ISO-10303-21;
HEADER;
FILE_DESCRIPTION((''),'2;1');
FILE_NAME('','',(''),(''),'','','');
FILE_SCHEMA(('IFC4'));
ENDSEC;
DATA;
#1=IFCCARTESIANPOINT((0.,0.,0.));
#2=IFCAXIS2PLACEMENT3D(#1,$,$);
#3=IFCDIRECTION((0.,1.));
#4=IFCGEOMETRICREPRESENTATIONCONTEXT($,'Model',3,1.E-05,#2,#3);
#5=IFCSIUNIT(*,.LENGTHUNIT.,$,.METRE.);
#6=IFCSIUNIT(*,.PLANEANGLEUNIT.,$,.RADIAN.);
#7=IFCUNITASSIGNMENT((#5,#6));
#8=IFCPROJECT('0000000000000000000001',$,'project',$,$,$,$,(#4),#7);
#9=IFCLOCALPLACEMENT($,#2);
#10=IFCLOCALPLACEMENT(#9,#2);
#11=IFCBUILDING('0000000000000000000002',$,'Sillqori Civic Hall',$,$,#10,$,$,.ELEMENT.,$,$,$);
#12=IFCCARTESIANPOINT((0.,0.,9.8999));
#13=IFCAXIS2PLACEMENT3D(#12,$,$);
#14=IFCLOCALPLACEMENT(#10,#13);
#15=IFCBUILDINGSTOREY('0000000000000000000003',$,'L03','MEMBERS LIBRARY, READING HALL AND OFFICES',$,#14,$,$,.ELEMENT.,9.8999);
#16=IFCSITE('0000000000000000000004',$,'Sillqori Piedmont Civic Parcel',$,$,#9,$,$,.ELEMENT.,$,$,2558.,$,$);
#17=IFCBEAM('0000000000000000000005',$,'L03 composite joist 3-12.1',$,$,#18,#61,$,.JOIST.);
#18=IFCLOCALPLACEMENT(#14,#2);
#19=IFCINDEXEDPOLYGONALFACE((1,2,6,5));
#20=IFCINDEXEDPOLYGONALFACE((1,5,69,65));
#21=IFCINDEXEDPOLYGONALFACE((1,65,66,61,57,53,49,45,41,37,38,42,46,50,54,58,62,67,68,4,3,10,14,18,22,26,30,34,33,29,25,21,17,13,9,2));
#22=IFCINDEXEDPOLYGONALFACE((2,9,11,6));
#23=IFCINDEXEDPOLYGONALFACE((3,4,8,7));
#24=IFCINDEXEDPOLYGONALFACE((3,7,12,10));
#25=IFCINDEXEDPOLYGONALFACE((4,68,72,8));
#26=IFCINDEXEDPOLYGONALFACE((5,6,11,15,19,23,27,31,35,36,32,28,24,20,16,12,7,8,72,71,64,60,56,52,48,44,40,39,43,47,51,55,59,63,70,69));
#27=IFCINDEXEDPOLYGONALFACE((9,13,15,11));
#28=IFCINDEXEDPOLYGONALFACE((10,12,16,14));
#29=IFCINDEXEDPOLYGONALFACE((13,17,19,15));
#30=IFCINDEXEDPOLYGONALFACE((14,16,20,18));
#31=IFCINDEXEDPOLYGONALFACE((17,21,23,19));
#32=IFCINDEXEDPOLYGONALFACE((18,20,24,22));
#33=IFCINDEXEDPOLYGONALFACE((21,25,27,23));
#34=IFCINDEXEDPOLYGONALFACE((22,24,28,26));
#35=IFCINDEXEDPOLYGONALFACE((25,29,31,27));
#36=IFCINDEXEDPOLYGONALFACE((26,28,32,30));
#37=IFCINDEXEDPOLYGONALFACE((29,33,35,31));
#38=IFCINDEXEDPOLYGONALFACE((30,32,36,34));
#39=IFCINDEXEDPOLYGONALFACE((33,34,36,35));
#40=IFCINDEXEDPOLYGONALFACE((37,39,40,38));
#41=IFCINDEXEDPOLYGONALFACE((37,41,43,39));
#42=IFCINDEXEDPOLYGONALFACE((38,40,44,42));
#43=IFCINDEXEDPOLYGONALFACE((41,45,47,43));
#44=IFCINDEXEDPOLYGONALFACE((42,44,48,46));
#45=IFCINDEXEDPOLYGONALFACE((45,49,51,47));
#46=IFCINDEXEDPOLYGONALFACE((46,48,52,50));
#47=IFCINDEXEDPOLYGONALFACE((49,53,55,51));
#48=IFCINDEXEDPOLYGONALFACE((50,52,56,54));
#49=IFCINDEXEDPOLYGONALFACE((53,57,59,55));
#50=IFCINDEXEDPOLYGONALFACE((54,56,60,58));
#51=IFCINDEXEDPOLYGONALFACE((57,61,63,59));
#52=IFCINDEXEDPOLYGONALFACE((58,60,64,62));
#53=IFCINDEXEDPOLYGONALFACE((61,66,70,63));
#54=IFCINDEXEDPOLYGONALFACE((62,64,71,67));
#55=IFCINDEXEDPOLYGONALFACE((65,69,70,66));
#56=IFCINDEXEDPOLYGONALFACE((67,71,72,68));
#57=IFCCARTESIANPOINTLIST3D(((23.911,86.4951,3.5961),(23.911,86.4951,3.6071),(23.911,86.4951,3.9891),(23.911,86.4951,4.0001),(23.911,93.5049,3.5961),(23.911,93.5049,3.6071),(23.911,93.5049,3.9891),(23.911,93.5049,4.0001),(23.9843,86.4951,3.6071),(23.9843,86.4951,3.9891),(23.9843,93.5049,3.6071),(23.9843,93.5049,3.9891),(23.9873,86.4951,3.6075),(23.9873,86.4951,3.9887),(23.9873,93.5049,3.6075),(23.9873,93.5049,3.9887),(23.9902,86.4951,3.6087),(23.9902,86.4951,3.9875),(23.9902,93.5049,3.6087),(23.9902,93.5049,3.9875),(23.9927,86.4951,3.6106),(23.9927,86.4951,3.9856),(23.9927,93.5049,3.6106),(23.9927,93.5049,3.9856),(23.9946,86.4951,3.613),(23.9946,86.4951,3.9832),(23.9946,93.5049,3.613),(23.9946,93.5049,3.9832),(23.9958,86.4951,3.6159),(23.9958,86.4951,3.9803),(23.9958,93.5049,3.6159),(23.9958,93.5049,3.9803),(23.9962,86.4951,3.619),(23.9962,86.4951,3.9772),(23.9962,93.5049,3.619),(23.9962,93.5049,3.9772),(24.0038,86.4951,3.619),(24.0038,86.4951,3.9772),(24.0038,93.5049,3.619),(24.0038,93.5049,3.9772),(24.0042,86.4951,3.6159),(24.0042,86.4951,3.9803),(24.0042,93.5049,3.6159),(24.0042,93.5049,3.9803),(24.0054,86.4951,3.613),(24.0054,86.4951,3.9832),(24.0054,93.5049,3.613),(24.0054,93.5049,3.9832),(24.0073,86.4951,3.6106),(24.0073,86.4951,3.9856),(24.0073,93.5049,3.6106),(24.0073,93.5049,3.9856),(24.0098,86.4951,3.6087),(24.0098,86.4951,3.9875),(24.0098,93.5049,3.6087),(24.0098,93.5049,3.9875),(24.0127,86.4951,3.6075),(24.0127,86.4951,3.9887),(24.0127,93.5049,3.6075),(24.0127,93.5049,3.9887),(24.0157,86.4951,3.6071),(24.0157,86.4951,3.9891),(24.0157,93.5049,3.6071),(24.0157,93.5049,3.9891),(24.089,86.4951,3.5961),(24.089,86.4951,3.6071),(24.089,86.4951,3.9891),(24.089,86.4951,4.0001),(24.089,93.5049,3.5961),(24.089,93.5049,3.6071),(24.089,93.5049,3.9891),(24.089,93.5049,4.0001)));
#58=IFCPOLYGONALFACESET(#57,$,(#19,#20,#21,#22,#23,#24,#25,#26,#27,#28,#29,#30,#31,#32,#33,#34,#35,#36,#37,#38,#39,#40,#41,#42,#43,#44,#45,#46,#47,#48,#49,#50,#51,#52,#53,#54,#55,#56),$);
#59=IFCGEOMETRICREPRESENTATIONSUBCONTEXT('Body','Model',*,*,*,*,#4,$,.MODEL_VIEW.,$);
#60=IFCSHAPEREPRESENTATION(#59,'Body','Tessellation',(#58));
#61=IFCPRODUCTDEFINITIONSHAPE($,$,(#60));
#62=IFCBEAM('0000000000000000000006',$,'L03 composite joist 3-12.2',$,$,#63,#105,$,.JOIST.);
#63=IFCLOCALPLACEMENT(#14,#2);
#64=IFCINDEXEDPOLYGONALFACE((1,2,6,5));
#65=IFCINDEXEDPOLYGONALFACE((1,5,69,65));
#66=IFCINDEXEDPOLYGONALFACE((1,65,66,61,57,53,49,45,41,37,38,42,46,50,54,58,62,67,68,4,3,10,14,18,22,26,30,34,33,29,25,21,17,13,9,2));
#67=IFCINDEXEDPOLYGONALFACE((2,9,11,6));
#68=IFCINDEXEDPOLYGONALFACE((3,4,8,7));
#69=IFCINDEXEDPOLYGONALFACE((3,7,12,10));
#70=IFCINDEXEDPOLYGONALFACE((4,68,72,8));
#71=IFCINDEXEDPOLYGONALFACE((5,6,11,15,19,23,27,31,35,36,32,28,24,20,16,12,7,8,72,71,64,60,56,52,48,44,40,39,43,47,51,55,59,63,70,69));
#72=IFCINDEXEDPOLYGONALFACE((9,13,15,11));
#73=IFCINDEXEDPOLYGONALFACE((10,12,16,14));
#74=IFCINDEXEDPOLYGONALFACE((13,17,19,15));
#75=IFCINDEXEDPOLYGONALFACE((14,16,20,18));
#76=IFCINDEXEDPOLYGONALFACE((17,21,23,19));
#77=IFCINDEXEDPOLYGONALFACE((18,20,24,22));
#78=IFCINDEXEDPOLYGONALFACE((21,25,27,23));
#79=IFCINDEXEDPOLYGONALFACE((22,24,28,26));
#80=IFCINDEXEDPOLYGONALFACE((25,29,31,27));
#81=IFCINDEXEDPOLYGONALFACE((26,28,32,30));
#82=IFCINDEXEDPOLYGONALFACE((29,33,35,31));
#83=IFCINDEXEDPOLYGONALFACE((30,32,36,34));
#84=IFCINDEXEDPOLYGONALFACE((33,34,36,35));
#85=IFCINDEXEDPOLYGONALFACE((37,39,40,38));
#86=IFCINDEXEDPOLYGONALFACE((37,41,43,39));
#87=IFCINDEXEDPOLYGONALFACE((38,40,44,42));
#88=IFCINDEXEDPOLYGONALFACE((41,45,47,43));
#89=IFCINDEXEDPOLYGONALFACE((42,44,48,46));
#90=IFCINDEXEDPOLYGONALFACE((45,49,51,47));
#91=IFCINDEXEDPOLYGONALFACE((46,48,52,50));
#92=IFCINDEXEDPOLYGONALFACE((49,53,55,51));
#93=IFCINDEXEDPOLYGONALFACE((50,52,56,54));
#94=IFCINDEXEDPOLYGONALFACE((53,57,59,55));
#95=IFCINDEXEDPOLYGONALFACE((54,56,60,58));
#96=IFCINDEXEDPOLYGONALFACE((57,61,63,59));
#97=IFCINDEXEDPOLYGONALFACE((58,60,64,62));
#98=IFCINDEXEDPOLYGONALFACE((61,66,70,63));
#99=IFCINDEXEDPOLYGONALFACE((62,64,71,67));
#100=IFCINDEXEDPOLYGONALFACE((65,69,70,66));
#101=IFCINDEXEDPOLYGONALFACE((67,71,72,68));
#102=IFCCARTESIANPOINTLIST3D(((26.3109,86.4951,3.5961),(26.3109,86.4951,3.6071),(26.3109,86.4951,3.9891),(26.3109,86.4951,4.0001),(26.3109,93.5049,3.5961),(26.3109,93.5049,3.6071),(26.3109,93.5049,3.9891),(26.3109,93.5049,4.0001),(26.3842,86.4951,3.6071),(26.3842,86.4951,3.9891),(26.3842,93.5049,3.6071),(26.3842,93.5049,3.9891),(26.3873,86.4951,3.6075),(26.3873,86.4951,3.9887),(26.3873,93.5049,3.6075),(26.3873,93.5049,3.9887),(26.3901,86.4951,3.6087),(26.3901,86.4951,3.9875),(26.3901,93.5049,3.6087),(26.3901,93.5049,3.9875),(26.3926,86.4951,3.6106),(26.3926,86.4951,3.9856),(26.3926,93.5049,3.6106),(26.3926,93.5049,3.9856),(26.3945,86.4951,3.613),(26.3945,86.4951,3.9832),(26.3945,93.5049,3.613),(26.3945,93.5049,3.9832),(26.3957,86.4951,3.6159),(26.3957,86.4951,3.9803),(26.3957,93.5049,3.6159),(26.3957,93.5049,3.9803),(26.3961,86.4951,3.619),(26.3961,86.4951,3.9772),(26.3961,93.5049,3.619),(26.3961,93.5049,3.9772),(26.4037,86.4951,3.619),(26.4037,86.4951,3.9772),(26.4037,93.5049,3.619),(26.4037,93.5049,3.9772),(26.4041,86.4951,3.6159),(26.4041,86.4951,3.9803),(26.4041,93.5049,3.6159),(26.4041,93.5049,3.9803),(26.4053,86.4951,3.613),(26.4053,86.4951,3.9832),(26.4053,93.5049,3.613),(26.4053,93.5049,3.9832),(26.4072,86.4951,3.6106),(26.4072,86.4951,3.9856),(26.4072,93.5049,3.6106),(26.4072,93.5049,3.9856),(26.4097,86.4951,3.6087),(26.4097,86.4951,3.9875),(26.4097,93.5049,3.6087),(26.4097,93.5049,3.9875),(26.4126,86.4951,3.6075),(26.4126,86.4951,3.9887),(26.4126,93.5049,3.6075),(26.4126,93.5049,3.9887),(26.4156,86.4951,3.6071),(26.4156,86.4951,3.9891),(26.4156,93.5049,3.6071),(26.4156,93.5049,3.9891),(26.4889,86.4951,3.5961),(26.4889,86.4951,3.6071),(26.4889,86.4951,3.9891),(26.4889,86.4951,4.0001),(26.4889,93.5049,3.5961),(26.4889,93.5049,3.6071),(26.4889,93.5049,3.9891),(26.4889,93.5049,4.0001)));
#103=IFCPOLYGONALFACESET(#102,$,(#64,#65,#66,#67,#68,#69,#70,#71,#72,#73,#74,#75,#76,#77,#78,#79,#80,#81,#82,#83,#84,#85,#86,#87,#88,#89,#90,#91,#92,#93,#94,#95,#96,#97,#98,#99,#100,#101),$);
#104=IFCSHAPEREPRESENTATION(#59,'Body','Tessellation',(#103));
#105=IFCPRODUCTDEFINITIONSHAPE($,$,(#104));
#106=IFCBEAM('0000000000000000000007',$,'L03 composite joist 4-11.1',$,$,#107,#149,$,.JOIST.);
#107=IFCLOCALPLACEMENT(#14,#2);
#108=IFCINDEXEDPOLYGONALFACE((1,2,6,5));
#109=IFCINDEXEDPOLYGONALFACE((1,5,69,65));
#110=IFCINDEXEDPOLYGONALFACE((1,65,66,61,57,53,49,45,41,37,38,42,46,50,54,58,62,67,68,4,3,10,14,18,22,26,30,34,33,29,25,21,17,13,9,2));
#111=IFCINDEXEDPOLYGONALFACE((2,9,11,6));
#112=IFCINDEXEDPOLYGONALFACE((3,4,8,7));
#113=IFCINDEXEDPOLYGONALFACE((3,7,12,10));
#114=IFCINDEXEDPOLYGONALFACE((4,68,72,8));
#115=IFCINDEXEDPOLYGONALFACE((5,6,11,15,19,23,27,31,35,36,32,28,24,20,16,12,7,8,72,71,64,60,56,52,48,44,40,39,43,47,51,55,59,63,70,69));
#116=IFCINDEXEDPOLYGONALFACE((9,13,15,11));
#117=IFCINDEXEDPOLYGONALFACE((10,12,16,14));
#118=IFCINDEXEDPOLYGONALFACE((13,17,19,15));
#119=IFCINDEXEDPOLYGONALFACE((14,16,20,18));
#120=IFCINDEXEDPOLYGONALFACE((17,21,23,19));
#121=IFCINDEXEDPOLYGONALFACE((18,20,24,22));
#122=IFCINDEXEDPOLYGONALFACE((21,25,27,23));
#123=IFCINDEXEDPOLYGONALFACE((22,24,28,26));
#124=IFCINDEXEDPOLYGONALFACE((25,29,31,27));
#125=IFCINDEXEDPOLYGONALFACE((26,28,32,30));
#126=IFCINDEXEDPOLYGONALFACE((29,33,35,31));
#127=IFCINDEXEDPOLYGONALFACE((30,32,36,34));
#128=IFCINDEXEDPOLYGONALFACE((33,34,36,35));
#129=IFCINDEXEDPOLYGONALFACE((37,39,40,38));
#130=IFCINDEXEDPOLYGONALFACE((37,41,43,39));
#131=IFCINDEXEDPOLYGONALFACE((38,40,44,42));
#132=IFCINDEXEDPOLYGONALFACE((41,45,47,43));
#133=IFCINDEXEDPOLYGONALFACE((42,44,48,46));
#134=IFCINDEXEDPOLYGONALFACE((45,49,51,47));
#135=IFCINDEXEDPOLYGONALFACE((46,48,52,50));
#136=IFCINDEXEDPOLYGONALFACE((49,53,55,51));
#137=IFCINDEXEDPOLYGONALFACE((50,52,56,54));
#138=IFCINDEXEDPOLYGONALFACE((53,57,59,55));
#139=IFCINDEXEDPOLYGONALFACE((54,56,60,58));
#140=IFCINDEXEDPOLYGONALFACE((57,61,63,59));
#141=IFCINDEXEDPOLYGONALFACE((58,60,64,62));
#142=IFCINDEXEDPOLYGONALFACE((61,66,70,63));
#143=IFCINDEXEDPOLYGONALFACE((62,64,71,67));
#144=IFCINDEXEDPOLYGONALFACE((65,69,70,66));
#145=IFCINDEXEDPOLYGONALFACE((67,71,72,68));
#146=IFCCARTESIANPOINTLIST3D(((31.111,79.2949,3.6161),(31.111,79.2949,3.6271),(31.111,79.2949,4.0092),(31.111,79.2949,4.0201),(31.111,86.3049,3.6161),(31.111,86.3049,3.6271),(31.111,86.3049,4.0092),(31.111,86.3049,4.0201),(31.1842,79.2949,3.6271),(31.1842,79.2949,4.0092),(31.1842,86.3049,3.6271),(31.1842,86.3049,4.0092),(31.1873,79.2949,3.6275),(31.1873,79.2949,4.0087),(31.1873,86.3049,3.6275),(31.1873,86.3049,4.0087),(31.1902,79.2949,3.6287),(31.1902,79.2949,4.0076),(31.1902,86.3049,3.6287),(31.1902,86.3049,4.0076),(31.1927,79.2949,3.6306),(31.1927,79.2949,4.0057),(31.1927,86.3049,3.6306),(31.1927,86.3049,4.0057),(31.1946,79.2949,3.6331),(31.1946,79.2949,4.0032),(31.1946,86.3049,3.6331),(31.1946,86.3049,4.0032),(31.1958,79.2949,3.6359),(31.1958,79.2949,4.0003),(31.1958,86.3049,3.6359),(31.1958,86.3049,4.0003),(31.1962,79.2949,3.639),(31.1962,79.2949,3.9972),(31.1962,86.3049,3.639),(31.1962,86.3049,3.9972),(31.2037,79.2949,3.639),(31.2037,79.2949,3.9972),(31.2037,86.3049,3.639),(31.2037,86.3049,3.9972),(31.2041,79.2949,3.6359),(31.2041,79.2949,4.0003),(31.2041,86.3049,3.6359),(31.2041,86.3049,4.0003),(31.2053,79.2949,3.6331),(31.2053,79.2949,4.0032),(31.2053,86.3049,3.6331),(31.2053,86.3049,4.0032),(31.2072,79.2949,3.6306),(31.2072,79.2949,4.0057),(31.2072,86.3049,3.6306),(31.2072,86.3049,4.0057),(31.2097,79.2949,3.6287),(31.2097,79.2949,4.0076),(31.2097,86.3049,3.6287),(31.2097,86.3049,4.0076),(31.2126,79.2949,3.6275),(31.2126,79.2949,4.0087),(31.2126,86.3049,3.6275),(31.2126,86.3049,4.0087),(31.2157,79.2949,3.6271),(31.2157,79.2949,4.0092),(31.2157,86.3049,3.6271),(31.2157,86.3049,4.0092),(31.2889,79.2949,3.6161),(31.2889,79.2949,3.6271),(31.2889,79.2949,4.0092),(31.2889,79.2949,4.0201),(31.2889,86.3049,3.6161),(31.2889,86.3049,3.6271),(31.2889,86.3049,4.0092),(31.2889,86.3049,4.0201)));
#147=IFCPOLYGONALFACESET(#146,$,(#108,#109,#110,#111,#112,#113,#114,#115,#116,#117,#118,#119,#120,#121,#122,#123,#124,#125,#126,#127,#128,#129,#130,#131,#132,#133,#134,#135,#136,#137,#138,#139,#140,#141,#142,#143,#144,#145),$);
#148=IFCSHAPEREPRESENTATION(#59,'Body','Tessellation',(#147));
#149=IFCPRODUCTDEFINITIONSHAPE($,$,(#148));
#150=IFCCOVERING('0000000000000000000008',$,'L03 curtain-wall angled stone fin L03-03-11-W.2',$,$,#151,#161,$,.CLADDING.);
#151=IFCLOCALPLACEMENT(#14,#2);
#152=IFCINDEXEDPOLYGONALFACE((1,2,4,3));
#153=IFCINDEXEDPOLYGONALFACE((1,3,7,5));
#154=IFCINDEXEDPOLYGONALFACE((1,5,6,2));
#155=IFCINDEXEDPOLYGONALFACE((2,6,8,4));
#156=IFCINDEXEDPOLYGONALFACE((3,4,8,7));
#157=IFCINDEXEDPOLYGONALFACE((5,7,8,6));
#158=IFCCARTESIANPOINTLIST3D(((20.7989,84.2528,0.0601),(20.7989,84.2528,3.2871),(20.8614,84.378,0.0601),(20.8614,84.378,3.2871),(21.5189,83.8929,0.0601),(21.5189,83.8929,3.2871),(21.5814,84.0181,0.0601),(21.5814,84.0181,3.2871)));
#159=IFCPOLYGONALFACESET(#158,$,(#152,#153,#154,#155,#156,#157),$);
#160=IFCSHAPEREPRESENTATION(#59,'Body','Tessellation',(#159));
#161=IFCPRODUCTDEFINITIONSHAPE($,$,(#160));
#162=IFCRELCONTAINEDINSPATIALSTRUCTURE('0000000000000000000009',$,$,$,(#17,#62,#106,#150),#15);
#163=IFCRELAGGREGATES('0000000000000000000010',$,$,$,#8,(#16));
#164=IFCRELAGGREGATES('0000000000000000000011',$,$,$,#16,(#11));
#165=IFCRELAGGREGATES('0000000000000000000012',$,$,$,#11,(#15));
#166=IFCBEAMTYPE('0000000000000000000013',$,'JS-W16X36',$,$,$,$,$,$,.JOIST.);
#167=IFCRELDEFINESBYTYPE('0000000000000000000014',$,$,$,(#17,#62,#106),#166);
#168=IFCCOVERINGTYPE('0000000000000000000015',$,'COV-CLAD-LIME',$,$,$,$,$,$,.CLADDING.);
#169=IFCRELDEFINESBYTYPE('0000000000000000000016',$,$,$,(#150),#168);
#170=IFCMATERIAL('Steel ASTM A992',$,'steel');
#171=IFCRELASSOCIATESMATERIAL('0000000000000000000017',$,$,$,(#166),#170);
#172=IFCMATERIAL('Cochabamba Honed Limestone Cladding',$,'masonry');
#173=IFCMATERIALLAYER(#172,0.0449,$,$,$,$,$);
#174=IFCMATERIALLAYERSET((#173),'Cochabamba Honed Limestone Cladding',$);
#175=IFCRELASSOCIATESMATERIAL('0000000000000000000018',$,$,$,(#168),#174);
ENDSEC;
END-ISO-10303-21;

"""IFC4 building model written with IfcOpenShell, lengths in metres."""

from ifc_helpers import new_model, si_unit, direction, frame, frame_2d, origin, origin_2d, place, context, subcontext, project, spatial, rectangle, i_section, extrude, material, layer, layer_set, material_profile, profile_set, type_object, element, save


model = new_model("IFC4")

# Units and contexts
model_context = context("Model", 3, precision=1e-05, world=origin(), true_north=direction((0.0, 1.0)))
body_context = subcontext(model_context, "Body", "Model", "MODEL_VIEW")
ifc_project = project(units=[si_unit("LENGTHUNIT", "METRE"), si_unit("PLANEANGLEUNIT", "RADIAN")], contexts=[model_context])

# Site, building, storey
site_placement = place(None, origin())
site = spatial("IfcSite", under=ifc_project, at=site_placement, Name="Sillqori Piedmont Civic Parcel", CompositionType="ELEMENT", RefElevation=2558.0)
building_placement = place(site_placement, origin())
building = spatial("IfcBuilding", under=site, at=building_placement, Name="Sillqori Civic Hall", CompositionType="ELEMENT")
storey_placement = place(building_placement, frame((0.0, 0.0, 9.8999)))
storey = spatial("IfcBuildingStorey", under=building, at=storey_placement, Name="L03", Description="MEMBERS LIBRARY, READING HALL AND OFFICES", CompositionType="ELEMENT", Elevation=9.8999)

# Shared definitions
ifc_material_1 = material(Name="Steel ASTM A992", Category="steel")

# Beams
ifc_material_profile_1 = material_profile(ifc_material_1, i_section(OverallWidth=0.178, OverallDepth=0.4041, WebThickness=0.0076, FlangeThickness=0.011, FilletRadius=0.012, at=origin_2d()), Name="W16X36")
ifc_profile_set_1 = profile_set([ifc_material_profile_1], Name="Steel ASTM A992")
beam_type_1 = type_object("IfcBeamType", Name="JS-W16X36", PredefinedType="JOIST", material=ifc_profile_set_1)
for number, where, z_axis, x_axis, name in (
    (1, (24.0, 86.4951, 3.7981), (0.0, 1.0, 0.0), (-1.0, 0.0, 0.0), "L03 composite joist 3-12.1"),
    (2, (26.3999, 86.4951, 3.7981), (0.0, 1.0, 0.0), (-1.0, 0.0, 0.0), "L03 composite joist 3-12.2"),
):
    element("IfcBeam", number, at=place(storey_placement, frame(where, z_axis=z_axis, x_axis=x_axis)), inside=storey, type_object=beam_type_1, Name=name, PredefinedType="JOIST", context=body_context, shape_type="SweptSolid", body=[
        extrude(i_section(OverallWidth=0.178, OverallDepth=0.4041, WebThickness=0.0076, FlangeThickness=0.011, FilletRadius=0.012, at=origin_2d()), origin(), (0.0, 0.0, 1.0), 7.0098),
    ])
beam_1_placement = place(storey_placement, frame((31.2, 79.2949, 3.8181), z_axis=(0.0, 1.0, 0.0), x_axis=(-1.0, 0.0, 0.0)))
element("IfcBeam", 3, at=beam_1_placement, inside=storey, type_object=beam_type_1, Name="L03 composite joist 4-11.1", PredefinedType="JOIST", context=body_context, shape_type="SweptSolid", body=[
    extrude(i_section(OverallWidth=0.178, OverallDepth=0.4041, WebThickness=0.0076, FlangeThickness=0.011, FilletRadius=0.012, at=origin_2d()), origin(), (0.0, 0.0, 1.0), 7.01),
])

# Covering
ifc_material_2 = material(Name="Cochabamba Honed Limestone Cladding", Category="masonry")
ifc_layer_1 = layer(ifc_material_2, 0.0449)
ifc_layer_set_1 = layer_set([ifc_layer_1], Name="Cochabamba Honed Limestone Cladding")
covering_type = type_object("IfcCoveringType", Name="COV-CLAD-LIME", PredefinedType="CLADDING", material=ifc_layer_set_1)
covering_placement = place(storey_placement, frame((21.55, 83.9556, 0.0601), z_axis=(0.0, 0.0, 1.0), x_axis=(-0.894488, 0.447092, 0.0)))
element("IfcCovering", 4, at=covering_placement, inside=storey, type_object=covering_type, Name="L03 curtain-wall angled stone fin L03-03-11-W.2", PredefinedType="CLADDING", context=body_context, shape_type="SweptSolid", body=[
    extrude(rectangle(XDim=0.8049, YDim=0.1399, at=frame_2d((0.4023, 0.0))), origin(), (0.0, 0.0, 1.0), 3.2271),
])

save(model, "model.ifc")
